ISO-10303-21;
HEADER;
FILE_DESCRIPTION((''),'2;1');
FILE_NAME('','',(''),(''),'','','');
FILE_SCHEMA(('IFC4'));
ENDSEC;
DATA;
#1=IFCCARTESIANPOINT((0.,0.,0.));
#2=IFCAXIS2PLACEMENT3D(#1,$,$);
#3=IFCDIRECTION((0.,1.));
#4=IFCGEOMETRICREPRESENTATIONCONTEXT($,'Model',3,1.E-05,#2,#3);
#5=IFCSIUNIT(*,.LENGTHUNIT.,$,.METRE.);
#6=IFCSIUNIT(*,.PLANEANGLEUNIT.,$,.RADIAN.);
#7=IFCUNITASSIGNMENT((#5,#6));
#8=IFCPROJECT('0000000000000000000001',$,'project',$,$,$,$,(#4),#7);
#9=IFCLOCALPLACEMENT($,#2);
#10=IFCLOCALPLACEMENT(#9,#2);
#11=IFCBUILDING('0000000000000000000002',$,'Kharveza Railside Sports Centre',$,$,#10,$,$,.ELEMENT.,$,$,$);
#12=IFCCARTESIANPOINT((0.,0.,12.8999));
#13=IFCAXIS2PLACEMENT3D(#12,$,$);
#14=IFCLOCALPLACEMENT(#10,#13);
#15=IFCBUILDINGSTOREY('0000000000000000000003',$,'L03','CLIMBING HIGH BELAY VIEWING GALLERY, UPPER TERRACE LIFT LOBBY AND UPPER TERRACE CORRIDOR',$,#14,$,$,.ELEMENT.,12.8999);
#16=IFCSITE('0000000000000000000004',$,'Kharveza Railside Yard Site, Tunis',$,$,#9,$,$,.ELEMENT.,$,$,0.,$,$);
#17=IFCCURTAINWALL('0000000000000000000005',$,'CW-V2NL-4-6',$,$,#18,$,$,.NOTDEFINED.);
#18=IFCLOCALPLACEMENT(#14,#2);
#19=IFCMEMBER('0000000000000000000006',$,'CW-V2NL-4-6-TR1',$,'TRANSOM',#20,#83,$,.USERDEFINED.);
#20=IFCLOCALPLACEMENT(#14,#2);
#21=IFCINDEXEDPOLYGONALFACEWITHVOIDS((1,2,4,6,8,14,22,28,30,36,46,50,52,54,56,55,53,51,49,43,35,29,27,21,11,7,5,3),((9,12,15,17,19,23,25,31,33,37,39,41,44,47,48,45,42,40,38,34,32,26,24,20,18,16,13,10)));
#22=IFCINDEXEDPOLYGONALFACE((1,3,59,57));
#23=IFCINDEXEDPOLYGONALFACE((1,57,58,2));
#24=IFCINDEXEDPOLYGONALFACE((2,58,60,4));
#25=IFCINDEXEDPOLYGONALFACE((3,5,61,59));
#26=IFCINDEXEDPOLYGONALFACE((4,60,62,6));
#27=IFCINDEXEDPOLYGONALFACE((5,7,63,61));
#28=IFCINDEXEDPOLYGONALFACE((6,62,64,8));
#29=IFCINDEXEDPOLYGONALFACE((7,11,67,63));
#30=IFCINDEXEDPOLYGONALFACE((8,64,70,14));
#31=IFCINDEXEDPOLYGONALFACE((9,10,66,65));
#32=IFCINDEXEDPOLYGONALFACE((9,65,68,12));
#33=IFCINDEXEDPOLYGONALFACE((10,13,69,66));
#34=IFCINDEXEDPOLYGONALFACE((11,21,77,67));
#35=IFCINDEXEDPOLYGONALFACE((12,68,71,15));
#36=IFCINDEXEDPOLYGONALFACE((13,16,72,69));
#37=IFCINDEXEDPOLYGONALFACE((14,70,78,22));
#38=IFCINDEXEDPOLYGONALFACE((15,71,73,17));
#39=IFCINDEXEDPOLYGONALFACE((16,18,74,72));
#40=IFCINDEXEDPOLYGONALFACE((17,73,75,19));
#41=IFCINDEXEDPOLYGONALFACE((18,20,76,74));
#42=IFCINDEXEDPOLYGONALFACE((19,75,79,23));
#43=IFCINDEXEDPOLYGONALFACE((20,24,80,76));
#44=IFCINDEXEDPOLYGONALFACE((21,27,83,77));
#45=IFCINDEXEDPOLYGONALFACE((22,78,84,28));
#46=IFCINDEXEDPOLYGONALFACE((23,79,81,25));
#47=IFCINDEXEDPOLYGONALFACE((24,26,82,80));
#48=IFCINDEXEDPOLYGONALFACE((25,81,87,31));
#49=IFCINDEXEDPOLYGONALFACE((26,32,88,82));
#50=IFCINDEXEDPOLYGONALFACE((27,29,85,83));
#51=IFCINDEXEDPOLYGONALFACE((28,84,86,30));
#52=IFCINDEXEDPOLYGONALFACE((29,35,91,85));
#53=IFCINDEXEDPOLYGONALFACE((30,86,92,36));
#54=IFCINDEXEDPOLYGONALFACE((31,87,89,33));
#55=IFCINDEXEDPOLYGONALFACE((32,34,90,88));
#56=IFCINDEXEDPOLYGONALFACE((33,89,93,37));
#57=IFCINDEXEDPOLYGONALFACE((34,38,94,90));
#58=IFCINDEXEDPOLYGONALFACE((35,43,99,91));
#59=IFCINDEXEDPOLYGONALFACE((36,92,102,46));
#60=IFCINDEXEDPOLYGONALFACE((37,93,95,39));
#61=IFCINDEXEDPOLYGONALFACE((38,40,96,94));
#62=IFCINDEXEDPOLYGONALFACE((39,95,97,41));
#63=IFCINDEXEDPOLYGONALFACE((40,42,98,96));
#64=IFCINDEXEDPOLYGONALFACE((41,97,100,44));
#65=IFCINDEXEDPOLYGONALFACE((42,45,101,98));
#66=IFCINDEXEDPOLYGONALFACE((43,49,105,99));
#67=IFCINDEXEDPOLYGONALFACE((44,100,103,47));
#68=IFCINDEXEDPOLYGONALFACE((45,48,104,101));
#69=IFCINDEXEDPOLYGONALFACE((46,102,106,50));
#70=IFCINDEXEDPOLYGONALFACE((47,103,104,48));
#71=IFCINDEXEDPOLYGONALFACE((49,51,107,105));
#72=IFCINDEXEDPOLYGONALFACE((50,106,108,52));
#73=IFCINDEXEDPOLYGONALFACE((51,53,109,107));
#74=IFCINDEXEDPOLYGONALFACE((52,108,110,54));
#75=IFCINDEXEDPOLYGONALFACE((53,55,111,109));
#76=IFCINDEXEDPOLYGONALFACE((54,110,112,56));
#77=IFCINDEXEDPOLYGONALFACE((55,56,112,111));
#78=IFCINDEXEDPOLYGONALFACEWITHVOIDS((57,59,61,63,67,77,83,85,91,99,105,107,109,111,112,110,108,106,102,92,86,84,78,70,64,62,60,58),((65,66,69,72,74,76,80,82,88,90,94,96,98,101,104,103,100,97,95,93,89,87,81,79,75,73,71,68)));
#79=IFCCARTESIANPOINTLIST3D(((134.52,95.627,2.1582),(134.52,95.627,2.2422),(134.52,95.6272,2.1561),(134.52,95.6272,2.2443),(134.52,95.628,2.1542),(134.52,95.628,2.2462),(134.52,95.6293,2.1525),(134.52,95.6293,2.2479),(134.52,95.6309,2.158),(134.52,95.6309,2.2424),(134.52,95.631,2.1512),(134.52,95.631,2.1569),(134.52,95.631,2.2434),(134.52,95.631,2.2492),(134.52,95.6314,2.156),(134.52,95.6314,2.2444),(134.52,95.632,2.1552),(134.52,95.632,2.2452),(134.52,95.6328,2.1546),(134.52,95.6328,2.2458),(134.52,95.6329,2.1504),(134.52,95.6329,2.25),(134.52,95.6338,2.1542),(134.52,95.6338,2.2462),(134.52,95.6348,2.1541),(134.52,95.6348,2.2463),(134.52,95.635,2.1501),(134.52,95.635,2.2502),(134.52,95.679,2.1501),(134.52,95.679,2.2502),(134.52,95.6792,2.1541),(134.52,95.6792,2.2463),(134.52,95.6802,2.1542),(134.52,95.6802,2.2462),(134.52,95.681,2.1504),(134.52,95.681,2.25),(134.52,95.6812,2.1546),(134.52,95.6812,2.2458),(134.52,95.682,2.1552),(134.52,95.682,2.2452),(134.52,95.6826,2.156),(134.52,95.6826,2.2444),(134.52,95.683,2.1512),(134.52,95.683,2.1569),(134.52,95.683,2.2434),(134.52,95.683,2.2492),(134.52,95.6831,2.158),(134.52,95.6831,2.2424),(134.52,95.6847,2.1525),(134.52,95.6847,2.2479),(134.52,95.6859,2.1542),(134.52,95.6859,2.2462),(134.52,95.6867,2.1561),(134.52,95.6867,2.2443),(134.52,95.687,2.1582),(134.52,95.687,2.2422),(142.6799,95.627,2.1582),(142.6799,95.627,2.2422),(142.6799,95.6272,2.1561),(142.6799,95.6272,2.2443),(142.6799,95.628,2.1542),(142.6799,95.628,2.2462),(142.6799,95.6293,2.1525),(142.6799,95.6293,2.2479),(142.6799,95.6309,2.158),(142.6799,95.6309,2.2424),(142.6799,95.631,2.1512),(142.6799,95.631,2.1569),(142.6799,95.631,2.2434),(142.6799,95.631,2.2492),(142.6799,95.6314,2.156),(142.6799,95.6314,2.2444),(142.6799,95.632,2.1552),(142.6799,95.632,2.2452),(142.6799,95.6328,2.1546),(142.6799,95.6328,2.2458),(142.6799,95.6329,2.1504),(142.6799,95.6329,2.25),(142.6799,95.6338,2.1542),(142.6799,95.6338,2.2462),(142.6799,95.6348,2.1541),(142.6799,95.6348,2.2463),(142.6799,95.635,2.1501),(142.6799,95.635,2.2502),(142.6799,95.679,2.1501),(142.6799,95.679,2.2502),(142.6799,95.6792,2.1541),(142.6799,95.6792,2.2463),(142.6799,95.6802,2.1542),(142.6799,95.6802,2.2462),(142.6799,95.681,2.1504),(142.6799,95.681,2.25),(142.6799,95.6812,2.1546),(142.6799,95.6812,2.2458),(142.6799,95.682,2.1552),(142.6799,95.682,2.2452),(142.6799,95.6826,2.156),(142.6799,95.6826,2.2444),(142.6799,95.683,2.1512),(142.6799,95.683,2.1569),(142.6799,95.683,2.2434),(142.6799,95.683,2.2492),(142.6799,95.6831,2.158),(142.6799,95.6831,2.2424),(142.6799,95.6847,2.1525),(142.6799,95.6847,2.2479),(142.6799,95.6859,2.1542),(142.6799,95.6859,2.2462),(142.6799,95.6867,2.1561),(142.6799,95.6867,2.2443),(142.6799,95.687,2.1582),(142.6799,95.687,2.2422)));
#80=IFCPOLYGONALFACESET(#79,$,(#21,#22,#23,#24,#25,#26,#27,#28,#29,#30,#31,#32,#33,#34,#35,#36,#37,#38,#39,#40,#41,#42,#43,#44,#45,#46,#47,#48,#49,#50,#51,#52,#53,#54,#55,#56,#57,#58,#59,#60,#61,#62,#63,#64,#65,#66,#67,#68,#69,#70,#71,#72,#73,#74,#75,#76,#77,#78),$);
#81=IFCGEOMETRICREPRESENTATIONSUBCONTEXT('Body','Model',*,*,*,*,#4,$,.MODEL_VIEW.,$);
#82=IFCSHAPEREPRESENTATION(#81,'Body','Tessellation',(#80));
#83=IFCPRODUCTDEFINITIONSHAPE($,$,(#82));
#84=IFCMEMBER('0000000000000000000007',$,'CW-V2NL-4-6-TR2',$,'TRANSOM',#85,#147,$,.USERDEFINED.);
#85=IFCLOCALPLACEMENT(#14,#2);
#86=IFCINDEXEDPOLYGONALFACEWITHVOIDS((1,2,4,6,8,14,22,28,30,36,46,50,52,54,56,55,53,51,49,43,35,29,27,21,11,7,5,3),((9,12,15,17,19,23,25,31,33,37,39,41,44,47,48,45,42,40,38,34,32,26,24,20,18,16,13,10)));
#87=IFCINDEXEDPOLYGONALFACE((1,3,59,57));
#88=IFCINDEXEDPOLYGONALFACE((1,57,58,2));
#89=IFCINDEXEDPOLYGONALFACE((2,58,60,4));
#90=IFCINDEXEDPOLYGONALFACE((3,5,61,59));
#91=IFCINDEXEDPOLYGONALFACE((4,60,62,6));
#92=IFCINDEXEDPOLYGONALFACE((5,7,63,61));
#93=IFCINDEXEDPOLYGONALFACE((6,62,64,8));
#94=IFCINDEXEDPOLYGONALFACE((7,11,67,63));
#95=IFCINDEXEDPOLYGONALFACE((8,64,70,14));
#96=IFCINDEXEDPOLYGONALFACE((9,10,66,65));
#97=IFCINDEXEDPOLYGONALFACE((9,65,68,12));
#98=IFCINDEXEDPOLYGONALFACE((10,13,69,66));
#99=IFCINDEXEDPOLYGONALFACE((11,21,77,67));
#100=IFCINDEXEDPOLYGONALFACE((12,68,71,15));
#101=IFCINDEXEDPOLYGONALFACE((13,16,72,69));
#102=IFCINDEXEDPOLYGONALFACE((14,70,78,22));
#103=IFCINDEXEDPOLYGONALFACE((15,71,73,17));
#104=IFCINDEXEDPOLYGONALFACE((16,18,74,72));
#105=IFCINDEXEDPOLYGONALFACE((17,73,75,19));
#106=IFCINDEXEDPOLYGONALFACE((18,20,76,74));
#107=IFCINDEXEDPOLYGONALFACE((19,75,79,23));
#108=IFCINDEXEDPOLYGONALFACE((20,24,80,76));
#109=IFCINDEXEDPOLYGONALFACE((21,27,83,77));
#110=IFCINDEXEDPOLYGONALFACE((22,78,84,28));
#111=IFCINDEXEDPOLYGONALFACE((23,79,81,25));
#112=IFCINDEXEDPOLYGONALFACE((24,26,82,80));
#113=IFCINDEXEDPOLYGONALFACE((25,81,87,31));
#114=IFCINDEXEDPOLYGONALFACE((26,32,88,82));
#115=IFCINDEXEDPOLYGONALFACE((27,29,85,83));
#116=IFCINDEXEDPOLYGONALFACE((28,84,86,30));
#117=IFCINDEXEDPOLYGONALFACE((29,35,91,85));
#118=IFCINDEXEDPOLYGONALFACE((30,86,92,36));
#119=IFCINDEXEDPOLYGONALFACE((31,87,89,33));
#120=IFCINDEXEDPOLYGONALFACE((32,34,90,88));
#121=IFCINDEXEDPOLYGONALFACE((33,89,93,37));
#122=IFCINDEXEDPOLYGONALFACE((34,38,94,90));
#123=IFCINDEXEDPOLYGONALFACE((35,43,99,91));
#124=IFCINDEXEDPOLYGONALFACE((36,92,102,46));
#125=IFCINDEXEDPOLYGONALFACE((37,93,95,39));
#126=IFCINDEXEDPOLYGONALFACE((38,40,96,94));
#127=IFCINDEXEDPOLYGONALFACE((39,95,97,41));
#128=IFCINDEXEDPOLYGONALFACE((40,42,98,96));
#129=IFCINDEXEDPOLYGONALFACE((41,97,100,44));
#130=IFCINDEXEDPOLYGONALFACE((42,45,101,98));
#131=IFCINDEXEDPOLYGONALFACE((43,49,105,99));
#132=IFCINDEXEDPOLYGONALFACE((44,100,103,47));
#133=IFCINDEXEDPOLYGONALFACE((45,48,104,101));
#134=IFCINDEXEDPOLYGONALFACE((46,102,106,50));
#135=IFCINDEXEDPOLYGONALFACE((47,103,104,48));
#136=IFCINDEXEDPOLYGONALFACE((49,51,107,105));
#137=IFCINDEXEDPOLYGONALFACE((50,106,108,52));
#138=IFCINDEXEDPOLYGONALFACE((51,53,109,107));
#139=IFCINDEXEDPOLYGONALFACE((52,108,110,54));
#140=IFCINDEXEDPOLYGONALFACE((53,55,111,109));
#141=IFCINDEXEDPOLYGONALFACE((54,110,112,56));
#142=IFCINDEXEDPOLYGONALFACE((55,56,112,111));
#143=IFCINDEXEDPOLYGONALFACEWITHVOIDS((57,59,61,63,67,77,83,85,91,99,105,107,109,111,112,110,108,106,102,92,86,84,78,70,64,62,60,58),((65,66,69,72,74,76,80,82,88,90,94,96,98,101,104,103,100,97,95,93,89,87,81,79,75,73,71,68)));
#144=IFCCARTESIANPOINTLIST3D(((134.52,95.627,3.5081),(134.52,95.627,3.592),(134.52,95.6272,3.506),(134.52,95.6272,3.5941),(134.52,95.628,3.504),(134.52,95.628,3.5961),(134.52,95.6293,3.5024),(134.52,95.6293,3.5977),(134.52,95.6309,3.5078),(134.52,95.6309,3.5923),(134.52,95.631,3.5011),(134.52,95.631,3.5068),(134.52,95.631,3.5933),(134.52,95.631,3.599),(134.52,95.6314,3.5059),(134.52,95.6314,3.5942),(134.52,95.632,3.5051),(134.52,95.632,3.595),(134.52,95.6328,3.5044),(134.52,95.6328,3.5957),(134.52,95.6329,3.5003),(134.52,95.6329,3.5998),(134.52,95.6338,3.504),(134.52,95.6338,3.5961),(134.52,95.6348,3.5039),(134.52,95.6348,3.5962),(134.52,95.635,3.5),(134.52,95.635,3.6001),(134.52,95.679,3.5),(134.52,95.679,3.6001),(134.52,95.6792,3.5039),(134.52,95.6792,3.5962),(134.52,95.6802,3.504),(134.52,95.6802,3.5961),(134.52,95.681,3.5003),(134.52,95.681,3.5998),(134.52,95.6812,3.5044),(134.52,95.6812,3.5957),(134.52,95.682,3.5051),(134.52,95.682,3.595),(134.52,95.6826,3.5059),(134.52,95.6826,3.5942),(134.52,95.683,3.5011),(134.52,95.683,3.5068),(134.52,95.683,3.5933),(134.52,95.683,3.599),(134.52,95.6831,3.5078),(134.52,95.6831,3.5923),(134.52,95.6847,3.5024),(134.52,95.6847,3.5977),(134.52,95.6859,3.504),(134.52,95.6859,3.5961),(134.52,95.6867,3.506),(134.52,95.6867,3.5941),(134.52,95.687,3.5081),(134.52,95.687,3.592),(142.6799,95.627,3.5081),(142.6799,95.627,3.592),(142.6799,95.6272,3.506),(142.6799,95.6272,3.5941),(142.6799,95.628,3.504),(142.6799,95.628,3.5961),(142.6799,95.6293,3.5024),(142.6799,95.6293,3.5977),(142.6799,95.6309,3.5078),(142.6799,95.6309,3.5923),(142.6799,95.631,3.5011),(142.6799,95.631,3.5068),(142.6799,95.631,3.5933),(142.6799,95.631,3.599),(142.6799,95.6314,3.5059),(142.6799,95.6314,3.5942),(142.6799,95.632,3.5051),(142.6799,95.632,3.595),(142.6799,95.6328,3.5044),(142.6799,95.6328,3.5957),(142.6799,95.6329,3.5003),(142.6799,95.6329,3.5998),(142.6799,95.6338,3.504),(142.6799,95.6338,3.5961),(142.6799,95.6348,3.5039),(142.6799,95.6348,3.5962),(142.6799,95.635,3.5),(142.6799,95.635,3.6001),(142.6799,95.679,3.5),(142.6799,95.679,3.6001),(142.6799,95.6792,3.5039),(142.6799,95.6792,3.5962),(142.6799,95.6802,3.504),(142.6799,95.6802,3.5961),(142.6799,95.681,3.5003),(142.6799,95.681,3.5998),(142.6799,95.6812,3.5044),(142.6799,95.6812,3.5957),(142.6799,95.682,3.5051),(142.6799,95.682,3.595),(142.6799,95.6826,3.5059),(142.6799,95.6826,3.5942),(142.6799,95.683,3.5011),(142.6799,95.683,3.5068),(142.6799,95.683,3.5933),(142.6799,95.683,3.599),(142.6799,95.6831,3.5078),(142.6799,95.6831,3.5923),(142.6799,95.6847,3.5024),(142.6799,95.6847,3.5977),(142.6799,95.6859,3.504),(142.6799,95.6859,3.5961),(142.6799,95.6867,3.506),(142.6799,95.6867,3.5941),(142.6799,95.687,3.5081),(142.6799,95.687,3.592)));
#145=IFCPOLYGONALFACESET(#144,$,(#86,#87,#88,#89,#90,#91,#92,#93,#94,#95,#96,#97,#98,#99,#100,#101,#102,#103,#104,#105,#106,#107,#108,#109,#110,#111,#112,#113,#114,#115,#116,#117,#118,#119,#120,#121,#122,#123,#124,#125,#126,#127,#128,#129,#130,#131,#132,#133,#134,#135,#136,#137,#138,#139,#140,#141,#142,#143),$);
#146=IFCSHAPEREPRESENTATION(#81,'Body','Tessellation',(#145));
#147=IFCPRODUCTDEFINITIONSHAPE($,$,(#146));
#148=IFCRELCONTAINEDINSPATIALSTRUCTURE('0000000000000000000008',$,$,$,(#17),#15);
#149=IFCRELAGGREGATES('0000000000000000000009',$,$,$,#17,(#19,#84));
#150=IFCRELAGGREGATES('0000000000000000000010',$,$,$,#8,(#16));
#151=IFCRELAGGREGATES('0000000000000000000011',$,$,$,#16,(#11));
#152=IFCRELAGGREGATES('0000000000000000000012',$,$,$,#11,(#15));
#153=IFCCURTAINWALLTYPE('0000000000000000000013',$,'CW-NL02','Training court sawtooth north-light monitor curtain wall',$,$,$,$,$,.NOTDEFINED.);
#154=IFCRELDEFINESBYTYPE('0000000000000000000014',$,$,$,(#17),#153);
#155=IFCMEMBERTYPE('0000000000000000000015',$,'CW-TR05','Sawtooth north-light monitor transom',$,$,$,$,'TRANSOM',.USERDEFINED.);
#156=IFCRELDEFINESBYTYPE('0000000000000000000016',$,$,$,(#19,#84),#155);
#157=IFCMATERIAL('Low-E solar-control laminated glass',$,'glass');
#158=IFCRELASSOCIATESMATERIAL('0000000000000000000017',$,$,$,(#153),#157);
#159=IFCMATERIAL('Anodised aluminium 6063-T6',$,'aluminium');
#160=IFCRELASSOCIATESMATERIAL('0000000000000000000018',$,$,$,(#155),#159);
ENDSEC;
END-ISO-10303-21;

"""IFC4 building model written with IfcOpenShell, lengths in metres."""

from ifc_helpers import new_model, si_unit, direction, frame, origin, origin_2d, place, context, subcontext, project, spatial, hollow_rectangle, extrude, material, material_profile, profile_set, type_object, element, aggregate, save


model = new_model("IFC4")

# Units and contexts
model_context = context("Model", 3, precision=1e-05, world=origin(), true_north=direction((0.0, 1.0)))
body_context = subcontext(model_context, "Body", "Model", "MODEL_VIEW")
ifc_project = project(units=[si_unit("LENGTHUNIT", "METRE"), si_unit("PLANEANGLEUNIT", "RADIAN")], contexts=[model_context])

# Site, building, storey
site_placement = place(None, origin())
site = spatial("IfcSite", under=ifc_project, at=site_placement, Name="Kharveza Railside Yard Site, Tunis", CompositionType="ELEMENT", RefElevation=0.0)
building_placement = place(site_placement, origin())
building = spatial("IfcBuilding", under=site, at=building_placement, Name="Kharveza Railside Sports Centre", CompositionType="ELEMENT")
storey_placement = place(building_placement, frame((0.0, 0.0, 12.8999)))
storey = spatial("IfcBuildingStorey", under=building, at=storey_placement, Name="L03", Description="CLIMBING HIGH BELAY VIEWING GALLERY, UPPER TERRACE LIFT LOBBY AND UPPER TERRACE CORRIDOR", CompositionType="ELEMENT", Elevation=12.8999)

# Curtain wall
ifc_material_1 = material(Name="Low-E solar-control laminated glass", Category="glass")
curtain_wall_type = type_object("IfcCurtainWallType", Name="CW-NL02", Description="Training court sawtooth north-light monitor curtain wall", PredefinedType="NOTDEFINED", material=ifc_material_1)
ifc_material_2 = material(Name="Anodised aluminium 6063-T6", Category="aluminium")
curtain_wall_1_placement = place(storey_placement, origin())
curtain_wall_1 = element("IfcCurtainWall", 1, at=curtain_wall_1_placement, inside=storey, type_object=curtain_wall_type, Name="CW-V2NL-4-6", PredefinedType="NOTDEFINED")

# Members
ifc_material_profile_1 = material_profile(ifc_material_2, hollow_rectangle(XDim=0.0601, YDim=0.1001, WallThickness=0.0039, InnerFilletRadius=0.0039, OuterFilletRadius=0.0081, at=origin_2d()), Name="RHS 60x100x4.0")
ifc_profile_set_1 = profile_set([ifc_material_profile_1], Name="Anodised aluminium 6063-T6")
member_type_1 = type_object("IfcMemberType", Name="CW-TR05", Description="Sawtooth north-light monitor transom", ElementType="TRANSOM", PredefinedType="USERDEFINED", material=ifc_profile_set_1)
member_1_placement = place(storey_placement, frame((134.52, 95.657, 2.2002), z_axis=(1.0, 0.0, 0.0), x_axis=(0.0, 1.0, 0.0)))
member_1 = element("IfcMember", 2, at=member_1_placement, type_object=member_type_1, Name="CW-V2NL-4-6-TR1", ObjectType="TRANSOM", PredefinedType="USERDEFINED", context=body_context, shape_type="SweptSolid", body=[
    extrude(hollow_rectangle(XDim=0.0601, YDim=0.1001, WallThickness=0.0039, InnerFilletRadius=0.0039, OuterFilletRadius=0.0081, at=origin_2d()), origin(), (0.0, 0.0, 1.0), 8.1599),
])
member_2_placement = place(storey_placement, frame((134.52, 95.657, 3.55), z_axis=(1.0, 0.0, 0.0), x_axis=(0.0, 1.0, 0.0)))
member_2 = element("IfcMember", 3, at=member_2_placement, type_object=member_type_1, Name="CW-V2NL-4-6-TR2", ObjectType="TRANSOM", PredefinedType="USERDEFINED", context=body_context, shape_type="SweptSolid", body=[
    extrude(hollow_rectangle(XDim=0.0601, YDim=0.1001, WallThickness=0.0039, InnerFilletRadius=0.0039, OuterFilletRadius=0.0081, at=origin_2d()), origin(), (0.0, 0.0, 1.0), 8.1599),
])

aggregate(curtain_wall_1, [member_1, member_2])

save(model, "model.ifc")
